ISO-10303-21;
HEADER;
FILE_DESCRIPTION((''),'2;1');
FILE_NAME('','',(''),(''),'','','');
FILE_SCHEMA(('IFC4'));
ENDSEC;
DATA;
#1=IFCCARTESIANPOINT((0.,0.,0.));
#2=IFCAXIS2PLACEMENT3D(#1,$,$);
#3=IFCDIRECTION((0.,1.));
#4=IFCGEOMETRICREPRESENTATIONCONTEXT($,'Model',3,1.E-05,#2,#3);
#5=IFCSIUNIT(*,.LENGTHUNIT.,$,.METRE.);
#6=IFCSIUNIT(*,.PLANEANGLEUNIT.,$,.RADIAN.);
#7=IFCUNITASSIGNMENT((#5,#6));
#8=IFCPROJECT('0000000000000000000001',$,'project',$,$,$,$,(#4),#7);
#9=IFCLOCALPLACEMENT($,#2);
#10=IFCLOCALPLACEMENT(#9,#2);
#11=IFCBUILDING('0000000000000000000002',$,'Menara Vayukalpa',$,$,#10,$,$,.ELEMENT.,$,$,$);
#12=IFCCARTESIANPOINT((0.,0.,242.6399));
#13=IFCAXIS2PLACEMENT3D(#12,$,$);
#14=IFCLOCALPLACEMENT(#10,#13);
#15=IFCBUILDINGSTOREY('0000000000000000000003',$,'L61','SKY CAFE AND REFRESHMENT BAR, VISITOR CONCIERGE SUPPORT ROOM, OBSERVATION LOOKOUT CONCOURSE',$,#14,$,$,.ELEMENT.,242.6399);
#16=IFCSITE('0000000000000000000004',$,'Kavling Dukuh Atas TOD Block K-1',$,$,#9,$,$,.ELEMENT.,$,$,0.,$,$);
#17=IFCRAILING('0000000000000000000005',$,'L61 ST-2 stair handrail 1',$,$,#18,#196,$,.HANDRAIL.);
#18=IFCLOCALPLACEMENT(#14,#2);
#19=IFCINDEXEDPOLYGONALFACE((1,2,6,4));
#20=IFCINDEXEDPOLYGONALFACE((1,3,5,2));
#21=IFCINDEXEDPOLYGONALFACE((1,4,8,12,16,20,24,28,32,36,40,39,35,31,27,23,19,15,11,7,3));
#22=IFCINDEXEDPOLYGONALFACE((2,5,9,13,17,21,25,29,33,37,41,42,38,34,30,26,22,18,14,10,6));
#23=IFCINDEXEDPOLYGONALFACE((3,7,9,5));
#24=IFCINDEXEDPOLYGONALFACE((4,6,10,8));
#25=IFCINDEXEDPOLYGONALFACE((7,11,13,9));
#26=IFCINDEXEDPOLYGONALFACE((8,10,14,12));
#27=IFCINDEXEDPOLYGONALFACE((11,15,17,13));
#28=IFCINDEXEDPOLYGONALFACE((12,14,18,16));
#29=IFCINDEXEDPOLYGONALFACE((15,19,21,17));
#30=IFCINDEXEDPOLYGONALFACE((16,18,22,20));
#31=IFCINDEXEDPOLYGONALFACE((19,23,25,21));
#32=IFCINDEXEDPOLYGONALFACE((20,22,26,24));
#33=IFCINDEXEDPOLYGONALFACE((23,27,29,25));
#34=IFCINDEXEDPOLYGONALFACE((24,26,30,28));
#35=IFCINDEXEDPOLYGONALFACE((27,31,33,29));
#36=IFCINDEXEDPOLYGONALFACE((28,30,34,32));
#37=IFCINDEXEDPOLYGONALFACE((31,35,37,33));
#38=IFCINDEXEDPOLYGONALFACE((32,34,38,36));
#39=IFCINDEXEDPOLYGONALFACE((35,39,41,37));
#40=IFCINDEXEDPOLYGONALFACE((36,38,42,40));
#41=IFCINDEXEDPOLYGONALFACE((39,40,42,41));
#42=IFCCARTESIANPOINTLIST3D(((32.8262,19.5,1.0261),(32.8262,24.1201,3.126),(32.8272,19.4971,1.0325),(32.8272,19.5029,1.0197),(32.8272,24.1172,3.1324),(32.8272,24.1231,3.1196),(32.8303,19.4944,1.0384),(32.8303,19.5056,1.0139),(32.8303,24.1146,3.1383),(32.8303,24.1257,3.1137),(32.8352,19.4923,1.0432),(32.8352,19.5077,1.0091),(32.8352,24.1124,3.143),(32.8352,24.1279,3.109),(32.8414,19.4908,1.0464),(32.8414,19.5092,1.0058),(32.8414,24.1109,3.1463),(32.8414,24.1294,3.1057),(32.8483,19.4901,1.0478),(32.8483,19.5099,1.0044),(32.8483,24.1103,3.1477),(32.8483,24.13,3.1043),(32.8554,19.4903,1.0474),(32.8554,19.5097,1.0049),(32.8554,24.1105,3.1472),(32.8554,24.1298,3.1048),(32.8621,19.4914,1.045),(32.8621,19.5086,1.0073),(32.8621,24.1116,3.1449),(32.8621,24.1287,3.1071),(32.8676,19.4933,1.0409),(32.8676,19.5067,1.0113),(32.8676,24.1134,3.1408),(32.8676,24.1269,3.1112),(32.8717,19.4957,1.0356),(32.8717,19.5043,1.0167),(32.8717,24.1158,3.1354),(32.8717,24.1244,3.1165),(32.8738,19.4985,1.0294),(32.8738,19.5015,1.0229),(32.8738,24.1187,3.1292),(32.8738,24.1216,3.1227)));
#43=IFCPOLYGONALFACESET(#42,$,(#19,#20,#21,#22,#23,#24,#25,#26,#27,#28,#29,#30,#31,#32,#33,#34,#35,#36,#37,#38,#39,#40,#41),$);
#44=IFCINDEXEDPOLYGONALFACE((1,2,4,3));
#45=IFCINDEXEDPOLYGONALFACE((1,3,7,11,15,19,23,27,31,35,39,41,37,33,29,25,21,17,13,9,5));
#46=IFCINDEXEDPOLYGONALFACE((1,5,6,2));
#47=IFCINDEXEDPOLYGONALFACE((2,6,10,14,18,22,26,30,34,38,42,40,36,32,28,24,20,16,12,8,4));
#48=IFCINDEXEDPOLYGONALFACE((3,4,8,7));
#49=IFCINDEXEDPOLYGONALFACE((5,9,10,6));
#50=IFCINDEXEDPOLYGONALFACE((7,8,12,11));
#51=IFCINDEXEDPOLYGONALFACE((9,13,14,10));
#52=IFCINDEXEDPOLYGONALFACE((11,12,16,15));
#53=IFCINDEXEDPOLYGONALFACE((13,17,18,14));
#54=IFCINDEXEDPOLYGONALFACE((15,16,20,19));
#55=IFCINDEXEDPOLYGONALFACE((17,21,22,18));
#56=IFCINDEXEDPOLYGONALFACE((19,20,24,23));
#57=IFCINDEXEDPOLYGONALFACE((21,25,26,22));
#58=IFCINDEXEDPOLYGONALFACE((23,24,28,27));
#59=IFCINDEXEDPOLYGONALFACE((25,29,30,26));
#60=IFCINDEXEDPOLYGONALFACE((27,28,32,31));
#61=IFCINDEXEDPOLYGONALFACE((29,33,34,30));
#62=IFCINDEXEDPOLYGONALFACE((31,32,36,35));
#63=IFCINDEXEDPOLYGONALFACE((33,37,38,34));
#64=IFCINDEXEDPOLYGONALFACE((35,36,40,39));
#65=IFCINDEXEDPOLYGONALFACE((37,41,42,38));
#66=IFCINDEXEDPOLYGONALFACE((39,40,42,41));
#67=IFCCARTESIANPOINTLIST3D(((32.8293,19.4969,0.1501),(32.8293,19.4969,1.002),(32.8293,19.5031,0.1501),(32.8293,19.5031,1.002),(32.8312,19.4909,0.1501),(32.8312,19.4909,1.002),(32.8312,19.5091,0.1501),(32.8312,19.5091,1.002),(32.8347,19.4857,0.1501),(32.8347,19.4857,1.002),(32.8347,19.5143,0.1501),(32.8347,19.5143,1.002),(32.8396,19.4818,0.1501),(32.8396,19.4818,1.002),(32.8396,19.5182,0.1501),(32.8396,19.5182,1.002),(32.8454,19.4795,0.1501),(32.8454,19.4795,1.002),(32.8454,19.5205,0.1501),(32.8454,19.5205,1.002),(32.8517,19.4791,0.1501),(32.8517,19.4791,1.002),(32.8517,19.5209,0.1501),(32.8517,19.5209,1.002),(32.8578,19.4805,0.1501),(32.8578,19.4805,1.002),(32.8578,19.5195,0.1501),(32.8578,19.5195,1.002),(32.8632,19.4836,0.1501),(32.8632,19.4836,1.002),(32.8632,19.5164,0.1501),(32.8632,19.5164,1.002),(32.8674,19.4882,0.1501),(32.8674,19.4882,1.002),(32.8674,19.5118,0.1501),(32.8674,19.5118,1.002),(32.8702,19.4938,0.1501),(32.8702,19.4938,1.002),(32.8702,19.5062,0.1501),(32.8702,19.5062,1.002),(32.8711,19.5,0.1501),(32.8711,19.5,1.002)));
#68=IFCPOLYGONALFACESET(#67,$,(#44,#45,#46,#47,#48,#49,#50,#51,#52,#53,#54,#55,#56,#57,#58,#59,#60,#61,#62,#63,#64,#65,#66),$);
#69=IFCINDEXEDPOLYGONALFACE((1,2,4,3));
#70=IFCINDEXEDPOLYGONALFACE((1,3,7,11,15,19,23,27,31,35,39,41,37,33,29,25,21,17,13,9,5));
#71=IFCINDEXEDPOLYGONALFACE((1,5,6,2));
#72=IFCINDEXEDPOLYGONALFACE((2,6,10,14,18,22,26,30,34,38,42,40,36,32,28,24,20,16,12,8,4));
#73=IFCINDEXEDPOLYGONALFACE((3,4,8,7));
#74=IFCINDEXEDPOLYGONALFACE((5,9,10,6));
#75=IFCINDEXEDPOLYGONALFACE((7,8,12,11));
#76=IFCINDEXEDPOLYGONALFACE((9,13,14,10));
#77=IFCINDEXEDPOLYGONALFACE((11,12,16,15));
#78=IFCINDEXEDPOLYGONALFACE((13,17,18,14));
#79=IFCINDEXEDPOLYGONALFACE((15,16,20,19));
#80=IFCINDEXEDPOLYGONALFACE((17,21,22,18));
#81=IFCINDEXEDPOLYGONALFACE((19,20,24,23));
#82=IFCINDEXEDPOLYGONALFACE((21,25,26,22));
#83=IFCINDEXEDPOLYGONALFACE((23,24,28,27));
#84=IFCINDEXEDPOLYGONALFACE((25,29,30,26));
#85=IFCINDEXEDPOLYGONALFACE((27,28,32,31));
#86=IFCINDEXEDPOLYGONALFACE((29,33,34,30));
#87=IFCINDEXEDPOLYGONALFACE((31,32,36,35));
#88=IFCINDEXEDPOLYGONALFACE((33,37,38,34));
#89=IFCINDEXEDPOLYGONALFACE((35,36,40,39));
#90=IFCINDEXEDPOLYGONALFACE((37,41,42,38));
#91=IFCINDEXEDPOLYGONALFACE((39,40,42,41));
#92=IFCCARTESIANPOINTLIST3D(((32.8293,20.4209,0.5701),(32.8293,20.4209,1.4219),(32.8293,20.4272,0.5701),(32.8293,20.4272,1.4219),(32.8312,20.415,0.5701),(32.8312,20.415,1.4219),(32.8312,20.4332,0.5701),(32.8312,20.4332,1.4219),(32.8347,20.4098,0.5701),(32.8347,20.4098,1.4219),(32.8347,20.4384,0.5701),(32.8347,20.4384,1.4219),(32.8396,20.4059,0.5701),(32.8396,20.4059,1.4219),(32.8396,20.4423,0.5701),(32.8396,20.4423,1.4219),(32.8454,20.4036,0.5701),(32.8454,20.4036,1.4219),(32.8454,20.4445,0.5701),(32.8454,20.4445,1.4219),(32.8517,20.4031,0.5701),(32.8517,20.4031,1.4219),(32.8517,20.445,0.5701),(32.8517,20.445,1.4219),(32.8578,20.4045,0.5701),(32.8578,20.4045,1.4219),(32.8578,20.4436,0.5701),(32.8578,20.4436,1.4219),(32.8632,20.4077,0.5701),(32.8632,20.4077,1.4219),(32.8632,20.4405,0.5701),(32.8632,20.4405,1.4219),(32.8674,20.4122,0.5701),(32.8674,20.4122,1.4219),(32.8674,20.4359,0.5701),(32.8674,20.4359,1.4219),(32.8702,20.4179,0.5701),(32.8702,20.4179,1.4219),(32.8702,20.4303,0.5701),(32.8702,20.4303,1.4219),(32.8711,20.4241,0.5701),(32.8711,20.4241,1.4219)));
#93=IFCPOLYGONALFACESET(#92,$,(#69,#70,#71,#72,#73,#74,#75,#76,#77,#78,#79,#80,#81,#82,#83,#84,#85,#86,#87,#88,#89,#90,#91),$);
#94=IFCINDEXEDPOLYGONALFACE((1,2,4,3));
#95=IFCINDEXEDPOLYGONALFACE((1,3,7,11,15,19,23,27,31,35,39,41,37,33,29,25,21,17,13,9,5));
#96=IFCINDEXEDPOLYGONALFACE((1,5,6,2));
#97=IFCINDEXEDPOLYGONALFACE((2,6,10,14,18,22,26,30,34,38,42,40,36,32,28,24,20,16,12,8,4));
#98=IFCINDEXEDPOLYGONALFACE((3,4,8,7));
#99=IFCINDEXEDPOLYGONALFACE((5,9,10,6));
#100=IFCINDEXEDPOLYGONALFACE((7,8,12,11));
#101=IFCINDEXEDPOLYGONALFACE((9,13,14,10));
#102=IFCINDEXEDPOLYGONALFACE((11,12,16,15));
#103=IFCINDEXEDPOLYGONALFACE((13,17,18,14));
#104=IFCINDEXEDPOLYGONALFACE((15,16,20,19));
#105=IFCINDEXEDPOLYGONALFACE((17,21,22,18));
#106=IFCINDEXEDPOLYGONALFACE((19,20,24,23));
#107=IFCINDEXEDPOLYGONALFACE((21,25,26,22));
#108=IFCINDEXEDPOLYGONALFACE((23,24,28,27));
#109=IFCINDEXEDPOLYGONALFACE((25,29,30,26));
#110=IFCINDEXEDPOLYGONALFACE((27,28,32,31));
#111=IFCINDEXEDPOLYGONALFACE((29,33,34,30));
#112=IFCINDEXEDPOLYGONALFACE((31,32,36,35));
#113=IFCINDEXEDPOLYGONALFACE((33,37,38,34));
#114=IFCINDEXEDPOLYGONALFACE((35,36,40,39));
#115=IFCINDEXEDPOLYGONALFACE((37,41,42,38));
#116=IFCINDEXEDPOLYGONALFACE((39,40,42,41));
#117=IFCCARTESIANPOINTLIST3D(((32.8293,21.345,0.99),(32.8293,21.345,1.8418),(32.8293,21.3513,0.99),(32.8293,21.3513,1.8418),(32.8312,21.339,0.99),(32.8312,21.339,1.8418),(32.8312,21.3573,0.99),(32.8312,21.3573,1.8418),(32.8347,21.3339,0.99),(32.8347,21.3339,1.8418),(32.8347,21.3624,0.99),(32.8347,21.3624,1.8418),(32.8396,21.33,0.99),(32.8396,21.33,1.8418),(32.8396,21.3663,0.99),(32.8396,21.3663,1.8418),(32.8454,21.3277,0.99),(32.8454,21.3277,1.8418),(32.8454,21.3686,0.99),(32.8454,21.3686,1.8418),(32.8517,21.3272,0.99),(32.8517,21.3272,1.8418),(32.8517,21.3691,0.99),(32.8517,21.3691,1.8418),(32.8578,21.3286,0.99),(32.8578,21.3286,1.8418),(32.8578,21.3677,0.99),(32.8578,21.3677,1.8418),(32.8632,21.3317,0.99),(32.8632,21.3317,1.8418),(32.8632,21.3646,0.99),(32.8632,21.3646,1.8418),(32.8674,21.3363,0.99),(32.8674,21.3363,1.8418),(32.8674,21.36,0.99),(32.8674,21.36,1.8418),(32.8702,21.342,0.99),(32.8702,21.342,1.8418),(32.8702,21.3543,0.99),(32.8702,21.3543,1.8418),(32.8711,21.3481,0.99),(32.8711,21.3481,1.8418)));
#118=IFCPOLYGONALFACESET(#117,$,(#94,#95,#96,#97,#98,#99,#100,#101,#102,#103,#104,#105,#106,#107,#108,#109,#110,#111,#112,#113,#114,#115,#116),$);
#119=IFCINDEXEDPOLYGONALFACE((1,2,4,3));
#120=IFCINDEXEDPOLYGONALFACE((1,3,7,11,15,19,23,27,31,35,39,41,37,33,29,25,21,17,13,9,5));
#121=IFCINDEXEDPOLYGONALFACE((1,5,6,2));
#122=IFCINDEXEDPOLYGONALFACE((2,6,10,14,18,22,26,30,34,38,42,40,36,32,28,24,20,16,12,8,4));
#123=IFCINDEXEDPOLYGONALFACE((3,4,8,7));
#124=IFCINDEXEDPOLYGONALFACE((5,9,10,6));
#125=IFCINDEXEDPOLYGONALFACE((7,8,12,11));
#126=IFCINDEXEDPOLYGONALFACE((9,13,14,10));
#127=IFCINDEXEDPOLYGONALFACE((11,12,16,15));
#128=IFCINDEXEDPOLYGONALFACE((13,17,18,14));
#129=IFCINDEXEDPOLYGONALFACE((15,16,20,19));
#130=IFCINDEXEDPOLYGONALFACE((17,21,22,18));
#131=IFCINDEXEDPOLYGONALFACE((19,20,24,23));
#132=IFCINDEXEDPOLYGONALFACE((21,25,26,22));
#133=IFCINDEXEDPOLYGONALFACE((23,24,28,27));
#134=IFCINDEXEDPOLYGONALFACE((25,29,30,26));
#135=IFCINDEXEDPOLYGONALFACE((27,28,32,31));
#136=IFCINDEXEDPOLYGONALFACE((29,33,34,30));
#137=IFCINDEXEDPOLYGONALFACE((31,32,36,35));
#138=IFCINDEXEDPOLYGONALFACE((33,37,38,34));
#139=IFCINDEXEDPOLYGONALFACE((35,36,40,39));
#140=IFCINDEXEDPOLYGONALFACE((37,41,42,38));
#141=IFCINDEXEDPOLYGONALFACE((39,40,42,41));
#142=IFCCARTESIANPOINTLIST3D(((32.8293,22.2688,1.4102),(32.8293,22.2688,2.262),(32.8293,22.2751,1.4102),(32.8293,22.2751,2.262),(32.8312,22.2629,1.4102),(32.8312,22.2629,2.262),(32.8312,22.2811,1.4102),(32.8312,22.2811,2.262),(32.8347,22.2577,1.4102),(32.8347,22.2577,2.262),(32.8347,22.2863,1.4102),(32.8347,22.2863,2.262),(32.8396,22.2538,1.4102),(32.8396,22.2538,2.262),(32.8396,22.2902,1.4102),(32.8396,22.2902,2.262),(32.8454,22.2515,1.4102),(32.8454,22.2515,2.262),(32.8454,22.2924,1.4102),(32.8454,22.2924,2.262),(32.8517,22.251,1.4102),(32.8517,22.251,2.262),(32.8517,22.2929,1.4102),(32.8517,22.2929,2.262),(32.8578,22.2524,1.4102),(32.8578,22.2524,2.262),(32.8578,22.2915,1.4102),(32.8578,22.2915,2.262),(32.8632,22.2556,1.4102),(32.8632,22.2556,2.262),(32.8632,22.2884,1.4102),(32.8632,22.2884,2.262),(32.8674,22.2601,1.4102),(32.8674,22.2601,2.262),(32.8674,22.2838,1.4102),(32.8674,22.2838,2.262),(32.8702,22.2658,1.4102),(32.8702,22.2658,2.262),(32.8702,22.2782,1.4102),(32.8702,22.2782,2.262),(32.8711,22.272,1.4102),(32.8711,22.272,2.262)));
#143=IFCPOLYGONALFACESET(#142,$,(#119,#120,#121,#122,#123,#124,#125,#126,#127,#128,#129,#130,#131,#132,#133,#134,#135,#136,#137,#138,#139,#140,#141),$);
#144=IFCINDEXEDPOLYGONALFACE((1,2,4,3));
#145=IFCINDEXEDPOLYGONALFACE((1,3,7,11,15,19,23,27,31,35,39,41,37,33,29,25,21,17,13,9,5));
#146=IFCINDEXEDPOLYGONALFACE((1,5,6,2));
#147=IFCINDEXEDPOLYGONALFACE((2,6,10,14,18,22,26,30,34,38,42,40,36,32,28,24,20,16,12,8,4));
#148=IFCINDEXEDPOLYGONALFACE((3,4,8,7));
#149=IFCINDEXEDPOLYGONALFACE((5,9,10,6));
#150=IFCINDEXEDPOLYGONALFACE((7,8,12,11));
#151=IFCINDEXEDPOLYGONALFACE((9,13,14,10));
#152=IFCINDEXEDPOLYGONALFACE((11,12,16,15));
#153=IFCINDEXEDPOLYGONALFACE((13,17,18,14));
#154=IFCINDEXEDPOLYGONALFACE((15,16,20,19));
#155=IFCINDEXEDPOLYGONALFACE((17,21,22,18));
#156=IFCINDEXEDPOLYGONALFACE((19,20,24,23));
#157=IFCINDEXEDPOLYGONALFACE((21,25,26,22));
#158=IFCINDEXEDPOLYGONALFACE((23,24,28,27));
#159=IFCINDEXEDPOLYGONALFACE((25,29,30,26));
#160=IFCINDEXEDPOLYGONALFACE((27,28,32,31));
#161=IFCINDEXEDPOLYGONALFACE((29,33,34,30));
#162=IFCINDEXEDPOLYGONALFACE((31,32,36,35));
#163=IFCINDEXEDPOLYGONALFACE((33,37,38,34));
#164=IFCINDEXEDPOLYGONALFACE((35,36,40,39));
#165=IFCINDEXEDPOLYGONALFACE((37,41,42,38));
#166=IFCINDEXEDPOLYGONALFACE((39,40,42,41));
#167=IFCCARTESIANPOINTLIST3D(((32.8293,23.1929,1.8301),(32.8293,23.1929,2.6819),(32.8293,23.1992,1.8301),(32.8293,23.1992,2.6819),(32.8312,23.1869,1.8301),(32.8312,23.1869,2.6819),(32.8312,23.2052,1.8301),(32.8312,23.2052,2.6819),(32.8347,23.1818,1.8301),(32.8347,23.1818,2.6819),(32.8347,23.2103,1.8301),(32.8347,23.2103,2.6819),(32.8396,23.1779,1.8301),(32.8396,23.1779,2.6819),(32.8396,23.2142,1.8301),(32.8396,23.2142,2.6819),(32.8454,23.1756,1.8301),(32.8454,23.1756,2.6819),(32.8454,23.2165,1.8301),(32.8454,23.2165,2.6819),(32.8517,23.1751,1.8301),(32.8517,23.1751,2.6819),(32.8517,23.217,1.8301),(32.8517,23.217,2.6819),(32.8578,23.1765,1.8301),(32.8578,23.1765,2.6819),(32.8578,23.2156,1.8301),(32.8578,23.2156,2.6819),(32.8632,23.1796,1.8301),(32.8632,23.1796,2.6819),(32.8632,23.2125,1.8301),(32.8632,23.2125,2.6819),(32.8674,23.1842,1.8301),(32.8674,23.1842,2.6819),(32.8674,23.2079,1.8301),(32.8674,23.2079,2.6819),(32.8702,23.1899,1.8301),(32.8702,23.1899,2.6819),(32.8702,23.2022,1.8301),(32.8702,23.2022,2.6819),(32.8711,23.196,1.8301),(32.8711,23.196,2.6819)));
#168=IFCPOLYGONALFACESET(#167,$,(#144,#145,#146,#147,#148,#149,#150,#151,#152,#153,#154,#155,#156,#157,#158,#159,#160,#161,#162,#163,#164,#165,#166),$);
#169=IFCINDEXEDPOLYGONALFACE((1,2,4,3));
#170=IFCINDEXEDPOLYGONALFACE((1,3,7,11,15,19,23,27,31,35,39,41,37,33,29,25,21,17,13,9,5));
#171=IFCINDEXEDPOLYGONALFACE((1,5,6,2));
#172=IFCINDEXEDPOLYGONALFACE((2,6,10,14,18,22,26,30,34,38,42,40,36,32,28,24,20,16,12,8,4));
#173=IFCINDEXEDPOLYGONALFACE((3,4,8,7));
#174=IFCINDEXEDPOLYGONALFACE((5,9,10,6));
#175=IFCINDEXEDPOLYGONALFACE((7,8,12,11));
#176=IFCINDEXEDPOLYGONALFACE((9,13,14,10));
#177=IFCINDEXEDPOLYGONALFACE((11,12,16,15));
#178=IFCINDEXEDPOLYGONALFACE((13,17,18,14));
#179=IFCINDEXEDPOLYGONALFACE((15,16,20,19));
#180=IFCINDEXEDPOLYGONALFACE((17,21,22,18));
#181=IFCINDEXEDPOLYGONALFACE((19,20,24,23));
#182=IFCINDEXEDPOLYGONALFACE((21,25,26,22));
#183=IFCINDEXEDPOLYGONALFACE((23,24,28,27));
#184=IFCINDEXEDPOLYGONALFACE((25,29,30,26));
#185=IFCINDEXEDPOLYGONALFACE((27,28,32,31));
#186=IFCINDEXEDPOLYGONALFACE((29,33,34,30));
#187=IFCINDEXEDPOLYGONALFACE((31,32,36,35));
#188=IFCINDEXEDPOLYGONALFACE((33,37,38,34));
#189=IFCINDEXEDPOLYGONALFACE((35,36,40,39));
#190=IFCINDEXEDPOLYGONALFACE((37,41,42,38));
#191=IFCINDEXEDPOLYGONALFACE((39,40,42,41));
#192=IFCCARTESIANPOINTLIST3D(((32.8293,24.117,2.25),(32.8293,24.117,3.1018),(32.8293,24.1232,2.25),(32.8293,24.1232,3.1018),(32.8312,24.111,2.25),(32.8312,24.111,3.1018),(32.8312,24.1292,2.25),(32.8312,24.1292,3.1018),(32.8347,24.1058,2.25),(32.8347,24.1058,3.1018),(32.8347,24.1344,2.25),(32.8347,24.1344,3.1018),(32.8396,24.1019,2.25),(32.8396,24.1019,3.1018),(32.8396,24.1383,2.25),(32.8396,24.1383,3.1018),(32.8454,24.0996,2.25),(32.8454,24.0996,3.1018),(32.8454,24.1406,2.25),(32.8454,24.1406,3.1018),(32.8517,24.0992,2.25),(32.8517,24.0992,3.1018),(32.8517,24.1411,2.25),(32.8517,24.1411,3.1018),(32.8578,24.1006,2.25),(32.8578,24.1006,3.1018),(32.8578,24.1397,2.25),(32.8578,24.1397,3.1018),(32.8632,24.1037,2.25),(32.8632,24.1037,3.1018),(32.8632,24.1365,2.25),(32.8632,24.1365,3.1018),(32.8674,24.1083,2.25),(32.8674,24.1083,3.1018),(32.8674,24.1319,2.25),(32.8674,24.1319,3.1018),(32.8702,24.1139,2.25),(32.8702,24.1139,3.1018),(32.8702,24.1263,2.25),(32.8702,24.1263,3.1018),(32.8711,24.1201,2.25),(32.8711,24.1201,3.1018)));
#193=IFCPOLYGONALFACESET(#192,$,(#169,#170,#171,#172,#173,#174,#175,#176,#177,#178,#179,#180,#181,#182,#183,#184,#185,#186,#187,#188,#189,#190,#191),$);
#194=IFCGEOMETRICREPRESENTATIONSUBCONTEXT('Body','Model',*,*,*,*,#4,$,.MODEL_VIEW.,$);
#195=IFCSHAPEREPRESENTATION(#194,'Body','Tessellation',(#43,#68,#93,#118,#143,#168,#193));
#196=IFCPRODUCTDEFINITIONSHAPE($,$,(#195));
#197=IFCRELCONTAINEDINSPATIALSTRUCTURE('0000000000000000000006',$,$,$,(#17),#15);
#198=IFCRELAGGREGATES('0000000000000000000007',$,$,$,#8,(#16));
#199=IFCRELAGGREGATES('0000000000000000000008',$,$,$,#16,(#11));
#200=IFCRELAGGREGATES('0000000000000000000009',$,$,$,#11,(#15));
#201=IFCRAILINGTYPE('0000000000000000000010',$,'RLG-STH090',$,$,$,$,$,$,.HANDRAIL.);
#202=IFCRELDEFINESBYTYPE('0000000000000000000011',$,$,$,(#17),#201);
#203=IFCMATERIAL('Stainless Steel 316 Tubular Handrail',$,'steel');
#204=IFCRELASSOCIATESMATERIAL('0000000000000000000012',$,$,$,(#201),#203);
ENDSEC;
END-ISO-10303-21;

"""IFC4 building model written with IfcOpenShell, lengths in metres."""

from ifc_helpers import new_model, si_unit, direction, frame, origin, origin_2d, place, context, subcontext, project, spatial, circle, extrude, material, type_object, element, save


model = new_model("IFC4")

# Units and contexts
model_context = context("Model", 3, precision=1e-05, world=origin(), true_north=direction((0.0, 1.0)))
body_context = subcontext(model_context, "Body", "Model", "MODEL_VIEW")
ifc_project = project(units=[si_unit("LENGTHUNIT", "METRE"), si_unit("PLANEANGLEUNIT", "RADIAN")], contexts=[model_context])

# Site, building, storey
site_placement = place(None, origin())
site = spatial("IfcSite", under=ifc_project, at=site_placement, Name="Kavling Dukuh Atas TOD Block K-1", CompositionType="ELEMENT", RefElevation=0.0)
building_placement = place(site_placement, origin())
building = spatial("IfcBuilding", under=site, at=building_placement, Name="Menara Vayukalpa", CompositionType="ELEMENT")
storey_placement = place(building_placement, frame((0.0, 0.0, 242.6399)))
storey = spatial("IfcBuildingStorey", under=building, at=storey_placement, Name="L61", Description="SKY CAFE AND REFRESHMENT BAR, VISITOR CONCIERGE SUPPORT ROOM, OBSERVATION LOOKOUT CONCOURSE", CompositionType="ELEMENT", Elevation=242.6399)

# Railing
ifc_material_1 = material(Name="Stainless Steel 316 Tubular Handrail", Category="steel")
railing_type_1 = type_object("IfcRailingType", Name="RLG-STH090", PredefinedType="HANDRAIL", material=ifc_material_1)
railing_1_placement = place(storey_placement, frame((32.8501, 19.5, 0.1501)))
element("IfcRailing", 1, at=railing_1_placement, inside=storey, type_object=railing_type_1, Name="L61 ST-2 stair handrail 1", PredefinedType="HANDRAIL", context=body_context, shape_type="SweptSolid", body=[
    extrude(circle(Radius=0.0239, at=origin_2d()), frame((0.0, 0.0, 0.876), z_axis=(0.0, 0.910381, 0.41377), x_axis=(-1.0, 0.0, 0.0)), (0.0, 0.0, 1.0), 5.075),
    extrude(circle(Radius=0.021, at=origin_2d()), origin(), (0.0, 0.0, 1.0), 0.8518),
    extrude(circle(Radius=0.021, at=origin_2d()), frame((0.0, 0.9241, 0.4199)), (0.0, 0.0, 1.0), 0.8518),
    extrude(circle(Radius=0.021, at=origin_2d()), frame((0.0, 1.8481, 0.8398)), (0.0, 0.0, 1.0), 0.8518),
    extrude(circle(Radius=0.021, at=origin_2d()), frame((0.0, 2.772, 1.26)), (0.0, 0.0, 1.0), 0.8518),
    extrude(circle(Radius=0.021, at=origin_2d()), frame((0.0, 3.696, 1.6799)), (0.0, 0.0, 1.0), 0.8518),
    extrude(circle(Radius=0.021, at=origin_2d()), frame((0.0, 4.6201, 2.0999)), (0.0, 0.0, 1.0), 0.8518),
])

save(model, "model.ifc")
